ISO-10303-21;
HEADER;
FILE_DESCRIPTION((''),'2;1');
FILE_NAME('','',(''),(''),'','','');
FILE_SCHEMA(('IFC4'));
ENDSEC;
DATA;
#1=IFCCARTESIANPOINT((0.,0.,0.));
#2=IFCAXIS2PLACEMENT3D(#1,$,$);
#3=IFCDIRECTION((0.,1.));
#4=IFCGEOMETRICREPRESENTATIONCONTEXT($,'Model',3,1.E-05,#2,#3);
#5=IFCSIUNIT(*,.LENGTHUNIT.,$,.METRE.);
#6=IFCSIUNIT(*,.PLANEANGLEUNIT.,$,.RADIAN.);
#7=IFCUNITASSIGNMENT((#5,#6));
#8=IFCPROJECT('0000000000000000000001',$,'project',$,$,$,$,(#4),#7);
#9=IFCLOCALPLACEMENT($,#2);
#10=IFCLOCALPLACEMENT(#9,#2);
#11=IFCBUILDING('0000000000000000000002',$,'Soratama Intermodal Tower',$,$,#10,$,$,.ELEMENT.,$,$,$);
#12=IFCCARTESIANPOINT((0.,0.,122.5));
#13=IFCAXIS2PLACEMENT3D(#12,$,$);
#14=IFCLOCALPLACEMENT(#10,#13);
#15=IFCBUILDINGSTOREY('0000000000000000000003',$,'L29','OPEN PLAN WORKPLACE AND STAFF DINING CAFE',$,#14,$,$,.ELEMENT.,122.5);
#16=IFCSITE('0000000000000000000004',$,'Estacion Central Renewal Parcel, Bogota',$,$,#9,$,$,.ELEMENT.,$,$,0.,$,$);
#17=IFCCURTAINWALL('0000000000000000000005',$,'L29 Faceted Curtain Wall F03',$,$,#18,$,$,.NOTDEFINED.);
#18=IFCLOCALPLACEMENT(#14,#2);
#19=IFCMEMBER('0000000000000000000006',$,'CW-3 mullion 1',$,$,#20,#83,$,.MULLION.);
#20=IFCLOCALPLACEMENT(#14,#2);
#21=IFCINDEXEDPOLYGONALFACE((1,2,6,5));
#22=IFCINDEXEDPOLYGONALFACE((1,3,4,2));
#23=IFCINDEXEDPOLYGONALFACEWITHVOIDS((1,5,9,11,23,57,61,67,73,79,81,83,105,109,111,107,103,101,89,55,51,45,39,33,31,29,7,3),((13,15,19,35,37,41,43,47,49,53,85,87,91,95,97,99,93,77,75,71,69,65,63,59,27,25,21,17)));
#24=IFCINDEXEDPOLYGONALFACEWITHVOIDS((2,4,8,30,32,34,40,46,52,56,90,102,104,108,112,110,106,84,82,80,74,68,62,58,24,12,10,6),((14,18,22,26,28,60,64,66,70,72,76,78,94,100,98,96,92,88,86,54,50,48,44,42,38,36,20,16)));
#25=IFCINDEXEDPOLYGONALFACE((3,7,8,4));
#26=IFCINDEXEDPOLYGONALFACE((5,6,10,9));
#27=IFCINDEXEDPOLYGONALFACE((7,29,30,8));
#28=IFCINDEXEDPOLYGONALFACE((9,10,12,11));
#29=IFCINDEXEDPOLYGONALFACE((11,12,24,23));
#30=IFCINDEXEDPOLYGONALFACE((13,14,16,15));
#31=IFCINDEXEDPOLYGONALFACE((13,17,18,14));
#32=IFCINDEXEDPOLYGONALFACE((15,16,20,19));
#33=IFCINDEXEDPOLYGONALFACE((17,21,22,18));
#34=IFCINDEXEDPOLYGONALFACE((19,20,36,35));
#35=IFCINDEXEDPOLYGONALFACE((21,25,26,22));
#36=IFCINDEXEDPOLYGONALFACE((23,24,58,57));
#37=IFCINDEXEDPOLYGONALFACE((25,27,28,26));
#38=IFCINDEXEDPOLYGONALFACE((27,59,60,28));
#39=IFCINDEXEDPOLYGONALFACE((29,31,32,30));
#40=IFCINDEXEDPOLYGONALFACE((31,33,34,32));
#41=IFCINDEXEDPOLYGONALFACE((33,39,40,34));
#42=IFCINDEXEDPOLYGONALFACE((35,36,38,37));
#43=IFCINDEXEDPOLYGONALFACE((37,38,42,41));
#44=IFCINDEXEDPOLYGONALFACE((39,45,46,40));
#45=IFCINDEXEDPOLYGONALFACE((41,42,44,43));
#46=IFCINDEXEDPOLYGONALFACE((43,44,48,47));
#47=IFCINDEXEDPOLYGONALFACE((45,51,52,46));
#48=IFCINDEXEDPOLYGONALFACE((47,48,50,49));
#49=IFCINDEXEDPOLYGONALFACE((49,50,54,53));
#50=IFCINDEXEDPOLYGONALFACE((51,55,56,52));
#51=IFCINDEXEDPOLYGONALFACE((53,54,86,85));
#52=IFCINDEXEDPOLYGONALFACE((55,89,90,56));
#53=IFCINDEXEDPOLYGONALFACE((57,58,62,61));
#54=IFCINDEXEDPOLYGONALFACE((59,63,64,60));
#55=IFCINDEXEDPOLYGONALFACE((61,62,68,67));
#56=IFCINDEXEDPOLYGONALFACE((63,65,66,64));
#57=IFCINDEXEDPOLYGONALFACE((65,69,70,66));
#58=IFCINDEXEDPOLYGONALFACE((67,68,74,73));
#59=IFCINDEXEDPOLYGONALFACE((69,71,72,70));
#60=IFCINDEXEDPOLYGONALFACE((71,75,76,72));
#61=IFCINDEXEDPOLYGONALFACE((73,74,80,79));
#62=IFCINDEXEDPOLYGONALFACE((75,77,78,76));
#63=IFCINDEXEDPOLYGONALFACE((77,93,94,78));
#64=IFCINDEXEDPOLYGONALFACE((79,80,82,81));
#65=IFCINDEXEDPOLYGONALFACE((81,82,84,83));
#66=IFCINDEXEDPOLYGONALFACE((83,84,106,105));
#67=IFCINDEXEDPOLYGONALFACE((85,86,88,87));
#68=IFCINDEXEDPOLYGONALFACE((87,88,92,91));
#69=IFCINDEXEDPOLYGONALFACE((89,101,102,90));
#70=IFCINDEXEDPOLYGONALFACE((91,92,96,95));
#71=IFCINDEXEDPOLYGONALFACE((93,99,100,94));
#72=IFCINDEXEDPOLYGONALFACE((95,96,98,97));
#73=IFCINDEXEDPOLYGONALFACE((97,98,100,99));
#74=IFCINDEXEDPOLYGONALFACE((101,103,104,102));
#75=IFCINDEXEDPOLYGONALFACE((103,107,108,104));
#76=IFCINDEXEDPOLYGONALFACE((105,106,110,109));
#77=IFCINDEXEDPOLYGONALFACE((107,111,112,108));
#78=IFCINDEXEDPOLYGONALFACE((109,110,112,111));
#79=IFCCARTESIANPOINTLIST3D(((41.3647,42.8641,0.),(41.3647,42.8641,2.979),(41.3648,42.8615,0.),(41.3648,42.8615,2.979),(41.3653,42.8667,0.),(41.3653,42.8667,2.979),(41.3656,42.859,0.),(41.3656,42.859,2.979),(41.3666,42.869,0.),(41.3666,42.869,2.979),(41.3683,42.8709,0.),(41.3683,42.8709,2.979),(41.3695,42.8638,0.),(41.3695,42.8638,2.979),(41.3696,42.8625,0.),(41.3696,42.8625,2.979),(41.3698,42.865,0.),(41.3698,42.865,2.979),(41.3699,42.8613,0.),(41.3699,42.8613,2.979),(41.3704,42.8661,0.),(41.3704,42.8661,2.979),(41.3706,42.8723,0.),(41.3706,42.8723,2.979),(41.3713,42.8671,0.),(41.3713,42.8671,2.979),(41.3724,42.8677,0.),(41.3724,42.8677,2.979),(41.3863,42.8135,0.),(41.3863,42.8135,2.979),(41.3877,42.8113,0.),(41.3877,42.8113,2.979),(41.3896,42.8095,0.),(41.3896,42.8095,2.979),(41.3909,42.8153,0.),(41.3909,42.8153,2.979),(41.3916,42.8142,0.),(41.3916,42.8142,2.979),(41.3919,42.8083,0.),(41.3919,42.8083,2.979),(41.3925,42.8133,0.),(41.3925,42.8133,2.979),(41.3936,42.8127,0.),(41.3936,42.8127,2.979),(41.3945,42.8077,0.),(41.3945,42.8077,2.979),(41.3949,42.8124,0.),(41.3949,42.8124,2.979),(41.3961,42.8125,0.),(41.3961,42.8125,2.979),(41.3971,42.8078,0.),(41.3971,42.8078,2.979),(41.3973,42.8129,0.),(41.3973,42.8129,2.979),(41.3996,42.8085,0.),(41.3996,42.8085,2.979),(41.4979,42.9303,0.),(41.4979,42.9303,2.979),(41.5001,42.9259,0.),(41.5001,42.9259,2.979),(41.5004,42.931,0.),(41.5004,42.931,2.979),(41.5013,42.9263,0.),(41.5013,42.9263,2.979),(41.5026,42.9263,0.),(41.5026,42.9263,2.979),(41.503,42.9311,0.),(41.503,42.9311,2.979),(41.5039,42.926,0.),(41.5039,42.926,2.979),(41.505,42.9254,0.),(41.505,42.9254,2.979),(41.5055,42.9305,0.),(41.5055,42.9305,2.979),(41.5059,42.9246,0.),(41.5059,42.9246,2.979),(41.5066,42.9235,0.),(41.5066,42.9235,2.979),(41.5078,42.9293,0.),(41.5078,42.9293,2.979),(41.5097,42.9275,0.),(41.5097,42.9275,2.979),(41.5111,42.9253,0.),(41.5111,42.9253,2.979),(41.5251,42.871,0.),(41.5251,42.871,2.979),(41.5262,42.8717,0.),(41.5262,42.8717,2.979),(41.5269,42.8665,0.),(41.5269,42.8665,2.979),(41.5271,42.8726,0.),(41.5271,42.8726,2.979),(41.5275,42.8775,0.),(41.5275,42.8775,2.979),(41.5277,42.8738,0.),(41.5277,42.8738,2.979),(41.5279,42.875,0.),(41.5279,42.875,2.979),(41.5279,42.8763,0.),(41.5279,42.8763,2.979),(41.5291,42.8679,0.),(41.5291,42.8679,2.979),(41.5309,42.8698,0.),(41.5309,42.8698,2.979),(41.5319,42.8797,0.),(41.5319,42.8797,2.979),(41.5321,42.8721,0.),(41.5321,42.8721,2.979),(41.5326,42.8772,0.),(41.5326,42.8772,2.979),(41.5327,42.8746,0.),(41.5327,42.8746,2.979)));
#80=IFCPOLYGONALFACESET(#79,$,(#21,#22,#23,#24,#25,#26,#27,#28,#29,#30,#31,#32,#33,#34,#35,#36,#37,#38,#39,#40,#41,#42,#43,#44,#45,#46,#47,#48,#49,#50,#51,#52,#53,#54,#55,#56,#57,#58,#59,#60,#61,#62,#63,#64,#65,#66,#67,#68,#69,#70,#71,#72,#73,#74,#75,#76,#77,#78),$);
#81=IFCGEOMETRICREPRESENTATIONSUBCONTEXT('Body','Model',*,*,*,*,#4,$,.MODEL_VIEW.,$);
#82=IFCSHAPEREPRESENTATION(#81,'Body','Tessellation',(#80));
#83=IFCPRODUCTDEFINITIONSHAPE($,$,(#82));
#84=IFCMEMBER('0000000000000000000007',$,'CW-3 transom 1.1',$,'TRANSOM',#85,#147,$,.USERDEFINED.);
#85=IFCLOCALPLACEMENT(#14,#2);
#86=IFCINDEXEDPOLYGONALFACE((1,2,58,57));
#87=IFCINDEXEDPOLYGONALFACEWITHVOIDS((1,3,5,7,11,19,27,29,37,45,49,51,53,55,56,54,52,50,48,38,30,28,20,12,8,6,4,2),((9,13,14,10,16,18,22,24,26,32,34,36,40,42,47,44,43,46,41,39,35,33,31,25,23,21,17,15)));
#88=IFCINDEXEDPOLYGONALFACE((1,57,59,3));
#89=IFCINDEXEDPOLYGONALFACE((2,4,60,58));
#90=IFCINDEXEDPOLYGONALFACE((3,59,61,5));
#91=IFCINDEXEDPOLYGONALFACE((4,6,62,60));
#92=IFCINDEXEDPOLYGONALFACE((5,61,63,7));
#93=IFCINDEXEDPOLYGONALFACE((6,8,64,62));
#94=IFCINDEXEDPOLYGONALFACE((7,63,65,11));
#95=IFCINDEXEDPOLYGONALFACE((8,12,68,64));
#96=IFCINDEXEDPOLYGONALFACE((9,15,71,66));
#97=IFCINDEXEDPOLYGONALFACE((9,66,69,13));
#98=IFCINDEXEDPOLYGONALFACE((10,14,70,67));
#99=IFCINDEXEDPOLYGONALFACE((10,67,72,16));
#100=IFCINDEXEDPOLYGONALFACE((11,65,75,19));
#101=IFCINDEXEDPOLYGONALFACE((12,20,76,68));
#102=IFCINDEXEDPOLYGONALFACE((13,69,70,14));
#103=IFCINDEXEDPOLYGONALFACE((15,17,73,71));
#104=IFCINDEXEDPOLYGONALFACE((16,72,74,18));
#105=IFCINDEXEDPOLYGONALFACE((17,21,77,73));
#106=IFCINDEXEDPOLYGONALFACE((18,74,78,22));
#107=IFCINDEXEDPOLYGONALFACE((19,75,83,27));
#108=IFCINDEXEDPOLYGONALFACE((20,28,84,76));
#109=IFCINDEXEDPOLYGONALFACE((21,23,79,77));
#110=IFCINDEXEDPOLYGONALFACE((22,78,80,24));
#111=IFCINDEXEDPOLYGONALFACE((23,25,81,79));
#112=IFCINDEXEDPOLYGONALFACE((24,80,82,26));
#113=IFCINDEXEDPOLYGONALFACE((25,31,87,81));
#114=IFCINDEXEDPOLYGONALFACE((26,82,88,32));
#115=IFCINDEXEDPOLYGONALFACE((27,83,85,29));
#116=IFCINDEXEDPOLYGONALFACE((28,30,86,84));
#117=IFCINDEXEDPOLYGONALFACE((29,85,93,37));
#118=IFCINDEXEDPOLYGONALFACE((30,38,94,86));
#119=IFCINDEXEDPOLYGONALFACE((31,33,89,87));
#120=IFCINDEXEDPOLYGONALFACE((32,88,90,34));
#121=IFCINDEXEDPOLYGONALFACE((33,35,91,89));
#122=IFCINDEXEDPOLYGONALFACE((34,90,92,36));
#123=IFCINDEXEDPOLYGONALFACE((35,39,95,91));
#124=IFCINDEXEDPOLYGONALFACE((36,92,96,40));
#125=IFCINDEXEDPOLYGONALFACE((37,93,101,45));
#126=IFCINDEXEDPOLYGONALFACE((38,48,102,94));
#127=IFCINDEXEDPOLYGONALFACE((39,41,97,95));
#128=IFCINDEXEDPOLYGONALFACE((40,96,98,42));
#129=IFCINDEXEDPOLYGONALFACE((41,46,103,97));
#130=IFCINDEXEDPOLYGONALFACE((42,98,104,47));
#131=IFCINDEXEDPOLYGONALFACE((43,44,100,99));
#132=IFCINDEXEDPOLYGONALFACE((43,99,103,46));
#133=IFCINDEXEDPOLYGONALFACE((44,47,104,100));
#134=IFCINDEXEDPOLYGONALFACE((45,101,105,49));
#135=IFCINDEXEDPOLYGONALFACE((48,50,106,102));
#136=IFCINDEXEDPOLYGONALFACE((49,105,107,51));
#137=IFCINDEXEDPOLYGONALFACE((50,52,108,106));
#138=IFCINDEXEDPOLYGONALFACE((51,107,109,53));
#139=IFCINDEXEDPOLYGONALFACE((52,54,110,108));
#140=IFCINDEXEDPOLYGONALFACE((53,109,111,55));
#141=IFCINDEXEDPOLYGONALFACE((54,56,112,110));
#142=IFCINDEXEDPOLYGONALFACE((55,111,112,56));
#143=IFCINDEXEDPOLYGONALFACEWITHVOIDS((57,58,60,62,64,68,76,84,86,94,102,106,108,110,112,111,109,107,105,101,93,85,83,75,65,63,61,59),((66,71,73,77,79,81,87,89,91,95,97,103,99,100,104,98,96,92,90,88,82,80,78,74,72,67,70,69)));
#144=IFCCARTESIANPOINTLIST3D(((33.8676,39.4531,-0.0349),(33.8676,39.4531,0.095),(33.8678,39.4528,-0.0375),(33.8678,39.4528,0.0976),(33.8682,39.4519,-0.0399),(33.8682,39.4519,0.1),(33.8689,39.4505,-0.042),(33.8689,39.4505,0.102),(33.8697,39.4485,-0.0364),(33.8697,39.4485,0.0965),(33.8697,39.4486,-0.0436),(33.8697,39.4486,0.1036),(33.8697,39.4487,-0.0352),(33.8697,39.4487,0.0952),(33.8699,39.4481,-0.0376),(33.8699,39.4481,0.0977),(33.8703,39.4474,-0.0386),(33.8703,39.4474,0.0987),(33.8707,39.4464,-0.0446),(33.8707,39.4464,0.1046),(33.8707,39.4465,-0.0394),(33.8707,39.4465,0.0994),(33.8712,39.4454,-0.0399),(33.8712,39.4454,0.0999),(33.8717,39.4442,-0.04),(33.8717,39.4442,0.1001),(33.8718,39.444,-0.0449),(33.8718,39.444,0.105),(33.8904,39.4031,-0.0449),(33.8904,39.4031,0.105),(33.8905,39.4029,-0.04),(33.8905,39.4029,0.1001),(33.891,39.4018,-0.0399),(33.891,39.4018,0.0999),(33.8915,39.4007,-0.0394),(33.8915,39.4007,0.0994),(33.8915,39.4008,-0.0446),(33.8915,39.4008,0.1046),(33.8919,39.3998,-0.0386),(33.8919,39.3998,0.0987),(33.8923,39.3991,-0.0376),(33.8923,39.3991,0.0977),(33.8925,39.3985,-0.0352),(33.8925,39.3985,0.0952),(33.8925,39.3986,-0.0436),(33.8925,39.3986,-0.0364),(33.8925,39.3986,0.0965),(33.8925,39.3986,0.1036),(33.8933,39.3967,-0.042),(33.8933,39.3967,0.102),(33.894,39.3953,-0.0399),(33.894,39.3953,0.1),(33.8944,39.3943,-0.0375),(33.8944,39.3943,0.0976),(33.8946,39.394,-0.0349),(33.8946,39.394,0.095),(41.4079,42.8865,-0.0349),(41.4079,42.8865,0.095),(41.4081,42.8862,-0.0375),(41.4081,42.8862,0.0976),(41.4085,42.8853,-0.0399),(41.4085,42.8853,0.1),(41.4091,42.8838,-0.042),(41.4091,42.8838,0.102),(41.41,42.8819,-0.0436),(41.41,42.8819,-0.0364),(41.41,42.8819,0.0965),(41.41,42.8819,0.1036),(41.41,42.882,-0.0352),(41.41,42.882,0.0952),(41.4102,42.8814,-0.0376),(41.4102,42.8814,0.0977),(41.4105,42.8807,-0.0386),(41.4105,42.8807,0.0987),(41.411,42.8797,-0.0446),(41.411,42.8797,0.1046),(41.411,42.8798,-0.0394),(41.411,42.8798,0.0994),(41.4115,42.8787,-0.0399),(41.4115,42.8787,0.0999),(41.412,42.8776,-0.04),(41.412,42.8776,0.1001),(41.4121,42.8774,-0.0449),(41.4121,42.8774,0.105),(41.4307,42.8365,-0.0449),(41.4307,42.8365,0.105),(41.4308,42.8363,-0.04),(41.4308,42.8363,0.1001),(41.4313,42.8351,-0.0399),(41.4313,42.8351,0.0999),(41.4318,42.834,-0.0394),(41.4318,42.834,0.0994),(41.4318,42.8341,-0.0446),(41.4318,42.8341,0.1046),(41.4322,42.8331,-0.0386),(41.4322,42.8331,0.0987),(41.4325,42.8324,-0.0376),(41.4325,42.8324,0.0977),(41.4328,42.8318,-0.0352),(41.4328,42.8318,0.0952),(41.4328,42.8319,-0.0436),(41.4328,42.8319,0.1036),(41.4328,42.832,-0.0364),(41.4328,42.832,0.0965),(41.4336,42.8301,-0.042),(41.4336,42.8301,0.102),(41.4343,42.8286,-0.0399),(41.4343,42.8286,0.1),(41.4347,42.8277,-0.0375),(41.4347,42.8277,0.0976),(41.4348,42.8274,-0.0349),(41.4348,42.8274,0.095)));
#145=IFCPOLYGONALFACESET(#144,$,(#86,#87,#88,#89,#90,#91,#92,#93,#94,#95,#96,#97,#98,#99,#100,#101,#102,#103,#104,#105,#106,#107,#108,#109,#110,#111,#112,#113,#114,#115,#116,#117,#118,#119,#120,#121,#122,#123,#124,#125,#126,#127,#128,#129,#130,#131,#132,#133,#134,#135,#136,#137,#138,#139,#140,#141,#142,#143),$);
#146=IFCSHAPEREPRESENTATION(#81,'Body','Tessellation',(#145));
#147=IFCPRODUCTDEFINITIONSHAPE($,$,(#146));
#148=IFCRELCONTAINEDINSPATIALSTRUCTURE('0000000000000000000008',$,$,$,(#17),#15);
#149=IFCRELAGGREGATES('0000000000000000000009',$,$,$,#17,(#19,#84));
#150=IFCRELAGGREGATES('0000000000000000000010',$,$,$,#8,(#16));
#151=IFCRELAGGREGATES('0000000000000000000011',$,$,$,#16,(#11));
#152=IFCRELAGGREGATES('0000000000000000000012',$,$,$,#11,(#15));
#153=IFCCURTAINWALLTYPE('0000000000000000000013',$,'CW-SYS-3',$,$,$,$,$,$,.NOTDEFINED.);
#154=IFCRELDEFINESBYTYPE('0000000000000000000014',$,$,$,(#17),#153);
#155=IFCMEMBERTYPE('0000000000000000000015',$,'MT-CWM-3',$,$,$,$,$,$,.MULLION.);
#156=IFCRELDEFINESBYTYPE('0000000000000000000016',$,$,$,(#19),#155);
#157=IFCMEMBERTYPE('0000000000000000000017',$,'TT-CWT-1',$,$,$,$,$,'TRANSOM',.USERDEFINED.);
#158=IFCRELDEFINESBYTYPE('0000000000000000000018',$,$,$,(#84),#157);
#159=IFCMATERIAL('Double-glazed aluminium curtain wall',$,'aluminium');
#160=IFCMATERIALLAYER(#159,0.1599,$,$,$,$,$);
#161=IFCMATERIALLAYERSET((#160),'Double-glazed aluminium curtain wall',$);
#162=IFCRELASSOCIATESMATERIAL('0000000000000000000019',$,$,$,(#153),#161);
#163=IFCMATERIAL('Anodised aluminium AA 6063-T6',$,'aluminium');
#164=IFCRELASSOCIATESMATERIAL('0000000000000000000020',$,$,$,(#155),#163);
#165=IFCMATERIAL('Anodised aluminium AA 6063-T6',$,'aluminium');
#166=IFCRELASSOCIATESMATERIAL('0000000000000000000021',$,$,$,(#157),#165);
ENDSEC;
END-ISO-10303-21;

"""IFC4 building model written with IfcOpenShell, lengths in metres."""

from ifc_helpers import new_model, si_unit, direction, frame, origin, origin_2d, place, context, subcontext, project, spatial, hollow_rectangle, extrude, material, layer, layer_set, material_profile, profile_set, type_object, element, aggregate, save


model = new_model("IFC4")

# Units and contexts
model_context = context("Model", 3, precision=1e-05, world=origin(), true_north=direction((0.0, 1.0)))
body_context = subcontext(model_context, "Body", "Model", "MODEL_VIEW")
ifc_project = project(units=[si_unit("LENGTHUNIT", "METRE"), si_unit("PLANEANGLEUNIT", "RADIAN")], contexts=[model_context])

# Site, building, storey
site_placement = place(None, origin())
site = spatial("IfcSite", under=ifc_project, at=site_placement, Name="Estacion Central Renewal Parcel, Bogota", CompositionType="ELEMENT", RefElevation=0.0)
building_placement = place(site_placement, origin())
building = spatial("IfcBuilding", under=site, at=building_placement, Name="Soratama Intermodal Tower", CompositionType="ELEMENT")
storey_placement = place(building_placement, frame((0.0, 0.0, 122.5)))
storey = spatial("IfcBuildingStorey", under=building, at=storey_placement, Name="L29", Description="OPEN PLAN WORKPLACE AND STAFF DINING CAFE", CompositionType="ELEMENT", Elevation=122.5)

# Shared definitions
ifc_material_1 = material(Name="Double-glazed aluminium curtain wall", Category="aluminium")
ifc_layer_1 = layer(ifc_material_1, 0.1599)
ifc_layer_set_1 = layer_set([ifc_layer_1], Name="Double-glazed aluminium curtain wall")
curtain_wall_type = type_object("IfcCurtainWallType", Name="CW-SYS-3", PredefinedType="NOTDEFINED", material=ifc_layer_set_1)
ifc_material_2 = material(Name="Anodised aluminium AA 6063-T6", Category="aluminium")
ifc_material_profile_1 = material_profile(ifc_material_2, hollow_rectangle(XDim=0.0701, YDim=0.1599, WallThickness=0.0049, InnerFilletRadius=0.0049, OuterFilletRadius=0.01, at=origin_2d()), Name="CWM160X70X5")
ifc_profile_set_1 = profile_set([ifc_material_profile_1], Name="Anodised aluminium AA 6063-T6")
member_type_1 = type_object("IfcMemberType", Name="MT-CWM-3", PredefinedType="MULLION", material=ifc_profile_set_1)

# Curtain wall, members
curtain_wall_1_placement = place(storey_placement, origin())
curtain_wall_1 = element("IfcCurtainWall", 1, at=curtain_wall_1_placement, inside=storey, type_object=curtain_wall_type, Name="L29 Faceted Curtain Wall F03", PredefinedType="NOTDEFINED")
member_1_placement = place(storey_placement, frame((41.4487, 42.8694, 0.0), z_axis=(0.0, 0.0, 1.0), x_axis=(0.414381, -0.910103, 0.0)))
member_1 = element("IfcMember", 2, at=member_1_placement, type_object=member_type_1, Name="CW-3 mullion 1", PredefinedType="MULLION", context=body_context, shape_type="SweptSolid", body=[
    extrude(hollow_rectangle(XDim=0.0701, YDim=0.1599, WallThickness=0.0049, InnerFilletRadius=0.0049, OuterFilletRadius=0.01, at=origin_2d()), origin(), (0.0, 0.0, 1.0), 2.979),
])
ifc_material_3 = material(Name="Anodised aluminium AA 6063-T6", Category="aluminium")
ifc_material_profile_2 = material_profile(ifc_material_3, hollow_rectangle(XDim=0.0649, YDim=0.1499, WallThickness=0.0049, InnerFilletRadius=0.0049, OuterFilletRadius=0.01, at=origin_2d()), Name="CWT150X65X5")
ifc_profile_set_2 = profile_set([ifc_material_profile_2], Name="Anodised aluminium AA 6063-T6")
member_type_2 = type_object("IfcMemberType", Name="TT-CWT-1", ElementType="TRANSOM", PredefinedType="USERDEFINED", material=ifc_profile_set_2)
member_2_placement = place(storey_placement, frame((41.4214, 42.8569, 0.03), z_axis=(-0.910096, -0.414398, 0.0), x_axis=(0.414398, -0.910096, 0.0)))
member_2 = element("IfcMember", 3, at=member_2_placement, type_object=member_type_2, Name="CW-3 transom 1.1", ObjectType="TRANSOM", PredefinedType="USERDEFINED", context=body_context, shape_type="SweptSolid", body=[
    extrude(hollow_rectangle(XDim=0.0649, YDim=0.1499, WallThickness=0.0049, InnerFilletRadius=0.0049, OuterFilletRadius=0.01, at=origin_2d()), origin(), (0.0, 0.0, 1.0), 8.2852),
])
aggregate(curtain_wall_1, [member_1, member_2])

save(model, "model.ifc")
